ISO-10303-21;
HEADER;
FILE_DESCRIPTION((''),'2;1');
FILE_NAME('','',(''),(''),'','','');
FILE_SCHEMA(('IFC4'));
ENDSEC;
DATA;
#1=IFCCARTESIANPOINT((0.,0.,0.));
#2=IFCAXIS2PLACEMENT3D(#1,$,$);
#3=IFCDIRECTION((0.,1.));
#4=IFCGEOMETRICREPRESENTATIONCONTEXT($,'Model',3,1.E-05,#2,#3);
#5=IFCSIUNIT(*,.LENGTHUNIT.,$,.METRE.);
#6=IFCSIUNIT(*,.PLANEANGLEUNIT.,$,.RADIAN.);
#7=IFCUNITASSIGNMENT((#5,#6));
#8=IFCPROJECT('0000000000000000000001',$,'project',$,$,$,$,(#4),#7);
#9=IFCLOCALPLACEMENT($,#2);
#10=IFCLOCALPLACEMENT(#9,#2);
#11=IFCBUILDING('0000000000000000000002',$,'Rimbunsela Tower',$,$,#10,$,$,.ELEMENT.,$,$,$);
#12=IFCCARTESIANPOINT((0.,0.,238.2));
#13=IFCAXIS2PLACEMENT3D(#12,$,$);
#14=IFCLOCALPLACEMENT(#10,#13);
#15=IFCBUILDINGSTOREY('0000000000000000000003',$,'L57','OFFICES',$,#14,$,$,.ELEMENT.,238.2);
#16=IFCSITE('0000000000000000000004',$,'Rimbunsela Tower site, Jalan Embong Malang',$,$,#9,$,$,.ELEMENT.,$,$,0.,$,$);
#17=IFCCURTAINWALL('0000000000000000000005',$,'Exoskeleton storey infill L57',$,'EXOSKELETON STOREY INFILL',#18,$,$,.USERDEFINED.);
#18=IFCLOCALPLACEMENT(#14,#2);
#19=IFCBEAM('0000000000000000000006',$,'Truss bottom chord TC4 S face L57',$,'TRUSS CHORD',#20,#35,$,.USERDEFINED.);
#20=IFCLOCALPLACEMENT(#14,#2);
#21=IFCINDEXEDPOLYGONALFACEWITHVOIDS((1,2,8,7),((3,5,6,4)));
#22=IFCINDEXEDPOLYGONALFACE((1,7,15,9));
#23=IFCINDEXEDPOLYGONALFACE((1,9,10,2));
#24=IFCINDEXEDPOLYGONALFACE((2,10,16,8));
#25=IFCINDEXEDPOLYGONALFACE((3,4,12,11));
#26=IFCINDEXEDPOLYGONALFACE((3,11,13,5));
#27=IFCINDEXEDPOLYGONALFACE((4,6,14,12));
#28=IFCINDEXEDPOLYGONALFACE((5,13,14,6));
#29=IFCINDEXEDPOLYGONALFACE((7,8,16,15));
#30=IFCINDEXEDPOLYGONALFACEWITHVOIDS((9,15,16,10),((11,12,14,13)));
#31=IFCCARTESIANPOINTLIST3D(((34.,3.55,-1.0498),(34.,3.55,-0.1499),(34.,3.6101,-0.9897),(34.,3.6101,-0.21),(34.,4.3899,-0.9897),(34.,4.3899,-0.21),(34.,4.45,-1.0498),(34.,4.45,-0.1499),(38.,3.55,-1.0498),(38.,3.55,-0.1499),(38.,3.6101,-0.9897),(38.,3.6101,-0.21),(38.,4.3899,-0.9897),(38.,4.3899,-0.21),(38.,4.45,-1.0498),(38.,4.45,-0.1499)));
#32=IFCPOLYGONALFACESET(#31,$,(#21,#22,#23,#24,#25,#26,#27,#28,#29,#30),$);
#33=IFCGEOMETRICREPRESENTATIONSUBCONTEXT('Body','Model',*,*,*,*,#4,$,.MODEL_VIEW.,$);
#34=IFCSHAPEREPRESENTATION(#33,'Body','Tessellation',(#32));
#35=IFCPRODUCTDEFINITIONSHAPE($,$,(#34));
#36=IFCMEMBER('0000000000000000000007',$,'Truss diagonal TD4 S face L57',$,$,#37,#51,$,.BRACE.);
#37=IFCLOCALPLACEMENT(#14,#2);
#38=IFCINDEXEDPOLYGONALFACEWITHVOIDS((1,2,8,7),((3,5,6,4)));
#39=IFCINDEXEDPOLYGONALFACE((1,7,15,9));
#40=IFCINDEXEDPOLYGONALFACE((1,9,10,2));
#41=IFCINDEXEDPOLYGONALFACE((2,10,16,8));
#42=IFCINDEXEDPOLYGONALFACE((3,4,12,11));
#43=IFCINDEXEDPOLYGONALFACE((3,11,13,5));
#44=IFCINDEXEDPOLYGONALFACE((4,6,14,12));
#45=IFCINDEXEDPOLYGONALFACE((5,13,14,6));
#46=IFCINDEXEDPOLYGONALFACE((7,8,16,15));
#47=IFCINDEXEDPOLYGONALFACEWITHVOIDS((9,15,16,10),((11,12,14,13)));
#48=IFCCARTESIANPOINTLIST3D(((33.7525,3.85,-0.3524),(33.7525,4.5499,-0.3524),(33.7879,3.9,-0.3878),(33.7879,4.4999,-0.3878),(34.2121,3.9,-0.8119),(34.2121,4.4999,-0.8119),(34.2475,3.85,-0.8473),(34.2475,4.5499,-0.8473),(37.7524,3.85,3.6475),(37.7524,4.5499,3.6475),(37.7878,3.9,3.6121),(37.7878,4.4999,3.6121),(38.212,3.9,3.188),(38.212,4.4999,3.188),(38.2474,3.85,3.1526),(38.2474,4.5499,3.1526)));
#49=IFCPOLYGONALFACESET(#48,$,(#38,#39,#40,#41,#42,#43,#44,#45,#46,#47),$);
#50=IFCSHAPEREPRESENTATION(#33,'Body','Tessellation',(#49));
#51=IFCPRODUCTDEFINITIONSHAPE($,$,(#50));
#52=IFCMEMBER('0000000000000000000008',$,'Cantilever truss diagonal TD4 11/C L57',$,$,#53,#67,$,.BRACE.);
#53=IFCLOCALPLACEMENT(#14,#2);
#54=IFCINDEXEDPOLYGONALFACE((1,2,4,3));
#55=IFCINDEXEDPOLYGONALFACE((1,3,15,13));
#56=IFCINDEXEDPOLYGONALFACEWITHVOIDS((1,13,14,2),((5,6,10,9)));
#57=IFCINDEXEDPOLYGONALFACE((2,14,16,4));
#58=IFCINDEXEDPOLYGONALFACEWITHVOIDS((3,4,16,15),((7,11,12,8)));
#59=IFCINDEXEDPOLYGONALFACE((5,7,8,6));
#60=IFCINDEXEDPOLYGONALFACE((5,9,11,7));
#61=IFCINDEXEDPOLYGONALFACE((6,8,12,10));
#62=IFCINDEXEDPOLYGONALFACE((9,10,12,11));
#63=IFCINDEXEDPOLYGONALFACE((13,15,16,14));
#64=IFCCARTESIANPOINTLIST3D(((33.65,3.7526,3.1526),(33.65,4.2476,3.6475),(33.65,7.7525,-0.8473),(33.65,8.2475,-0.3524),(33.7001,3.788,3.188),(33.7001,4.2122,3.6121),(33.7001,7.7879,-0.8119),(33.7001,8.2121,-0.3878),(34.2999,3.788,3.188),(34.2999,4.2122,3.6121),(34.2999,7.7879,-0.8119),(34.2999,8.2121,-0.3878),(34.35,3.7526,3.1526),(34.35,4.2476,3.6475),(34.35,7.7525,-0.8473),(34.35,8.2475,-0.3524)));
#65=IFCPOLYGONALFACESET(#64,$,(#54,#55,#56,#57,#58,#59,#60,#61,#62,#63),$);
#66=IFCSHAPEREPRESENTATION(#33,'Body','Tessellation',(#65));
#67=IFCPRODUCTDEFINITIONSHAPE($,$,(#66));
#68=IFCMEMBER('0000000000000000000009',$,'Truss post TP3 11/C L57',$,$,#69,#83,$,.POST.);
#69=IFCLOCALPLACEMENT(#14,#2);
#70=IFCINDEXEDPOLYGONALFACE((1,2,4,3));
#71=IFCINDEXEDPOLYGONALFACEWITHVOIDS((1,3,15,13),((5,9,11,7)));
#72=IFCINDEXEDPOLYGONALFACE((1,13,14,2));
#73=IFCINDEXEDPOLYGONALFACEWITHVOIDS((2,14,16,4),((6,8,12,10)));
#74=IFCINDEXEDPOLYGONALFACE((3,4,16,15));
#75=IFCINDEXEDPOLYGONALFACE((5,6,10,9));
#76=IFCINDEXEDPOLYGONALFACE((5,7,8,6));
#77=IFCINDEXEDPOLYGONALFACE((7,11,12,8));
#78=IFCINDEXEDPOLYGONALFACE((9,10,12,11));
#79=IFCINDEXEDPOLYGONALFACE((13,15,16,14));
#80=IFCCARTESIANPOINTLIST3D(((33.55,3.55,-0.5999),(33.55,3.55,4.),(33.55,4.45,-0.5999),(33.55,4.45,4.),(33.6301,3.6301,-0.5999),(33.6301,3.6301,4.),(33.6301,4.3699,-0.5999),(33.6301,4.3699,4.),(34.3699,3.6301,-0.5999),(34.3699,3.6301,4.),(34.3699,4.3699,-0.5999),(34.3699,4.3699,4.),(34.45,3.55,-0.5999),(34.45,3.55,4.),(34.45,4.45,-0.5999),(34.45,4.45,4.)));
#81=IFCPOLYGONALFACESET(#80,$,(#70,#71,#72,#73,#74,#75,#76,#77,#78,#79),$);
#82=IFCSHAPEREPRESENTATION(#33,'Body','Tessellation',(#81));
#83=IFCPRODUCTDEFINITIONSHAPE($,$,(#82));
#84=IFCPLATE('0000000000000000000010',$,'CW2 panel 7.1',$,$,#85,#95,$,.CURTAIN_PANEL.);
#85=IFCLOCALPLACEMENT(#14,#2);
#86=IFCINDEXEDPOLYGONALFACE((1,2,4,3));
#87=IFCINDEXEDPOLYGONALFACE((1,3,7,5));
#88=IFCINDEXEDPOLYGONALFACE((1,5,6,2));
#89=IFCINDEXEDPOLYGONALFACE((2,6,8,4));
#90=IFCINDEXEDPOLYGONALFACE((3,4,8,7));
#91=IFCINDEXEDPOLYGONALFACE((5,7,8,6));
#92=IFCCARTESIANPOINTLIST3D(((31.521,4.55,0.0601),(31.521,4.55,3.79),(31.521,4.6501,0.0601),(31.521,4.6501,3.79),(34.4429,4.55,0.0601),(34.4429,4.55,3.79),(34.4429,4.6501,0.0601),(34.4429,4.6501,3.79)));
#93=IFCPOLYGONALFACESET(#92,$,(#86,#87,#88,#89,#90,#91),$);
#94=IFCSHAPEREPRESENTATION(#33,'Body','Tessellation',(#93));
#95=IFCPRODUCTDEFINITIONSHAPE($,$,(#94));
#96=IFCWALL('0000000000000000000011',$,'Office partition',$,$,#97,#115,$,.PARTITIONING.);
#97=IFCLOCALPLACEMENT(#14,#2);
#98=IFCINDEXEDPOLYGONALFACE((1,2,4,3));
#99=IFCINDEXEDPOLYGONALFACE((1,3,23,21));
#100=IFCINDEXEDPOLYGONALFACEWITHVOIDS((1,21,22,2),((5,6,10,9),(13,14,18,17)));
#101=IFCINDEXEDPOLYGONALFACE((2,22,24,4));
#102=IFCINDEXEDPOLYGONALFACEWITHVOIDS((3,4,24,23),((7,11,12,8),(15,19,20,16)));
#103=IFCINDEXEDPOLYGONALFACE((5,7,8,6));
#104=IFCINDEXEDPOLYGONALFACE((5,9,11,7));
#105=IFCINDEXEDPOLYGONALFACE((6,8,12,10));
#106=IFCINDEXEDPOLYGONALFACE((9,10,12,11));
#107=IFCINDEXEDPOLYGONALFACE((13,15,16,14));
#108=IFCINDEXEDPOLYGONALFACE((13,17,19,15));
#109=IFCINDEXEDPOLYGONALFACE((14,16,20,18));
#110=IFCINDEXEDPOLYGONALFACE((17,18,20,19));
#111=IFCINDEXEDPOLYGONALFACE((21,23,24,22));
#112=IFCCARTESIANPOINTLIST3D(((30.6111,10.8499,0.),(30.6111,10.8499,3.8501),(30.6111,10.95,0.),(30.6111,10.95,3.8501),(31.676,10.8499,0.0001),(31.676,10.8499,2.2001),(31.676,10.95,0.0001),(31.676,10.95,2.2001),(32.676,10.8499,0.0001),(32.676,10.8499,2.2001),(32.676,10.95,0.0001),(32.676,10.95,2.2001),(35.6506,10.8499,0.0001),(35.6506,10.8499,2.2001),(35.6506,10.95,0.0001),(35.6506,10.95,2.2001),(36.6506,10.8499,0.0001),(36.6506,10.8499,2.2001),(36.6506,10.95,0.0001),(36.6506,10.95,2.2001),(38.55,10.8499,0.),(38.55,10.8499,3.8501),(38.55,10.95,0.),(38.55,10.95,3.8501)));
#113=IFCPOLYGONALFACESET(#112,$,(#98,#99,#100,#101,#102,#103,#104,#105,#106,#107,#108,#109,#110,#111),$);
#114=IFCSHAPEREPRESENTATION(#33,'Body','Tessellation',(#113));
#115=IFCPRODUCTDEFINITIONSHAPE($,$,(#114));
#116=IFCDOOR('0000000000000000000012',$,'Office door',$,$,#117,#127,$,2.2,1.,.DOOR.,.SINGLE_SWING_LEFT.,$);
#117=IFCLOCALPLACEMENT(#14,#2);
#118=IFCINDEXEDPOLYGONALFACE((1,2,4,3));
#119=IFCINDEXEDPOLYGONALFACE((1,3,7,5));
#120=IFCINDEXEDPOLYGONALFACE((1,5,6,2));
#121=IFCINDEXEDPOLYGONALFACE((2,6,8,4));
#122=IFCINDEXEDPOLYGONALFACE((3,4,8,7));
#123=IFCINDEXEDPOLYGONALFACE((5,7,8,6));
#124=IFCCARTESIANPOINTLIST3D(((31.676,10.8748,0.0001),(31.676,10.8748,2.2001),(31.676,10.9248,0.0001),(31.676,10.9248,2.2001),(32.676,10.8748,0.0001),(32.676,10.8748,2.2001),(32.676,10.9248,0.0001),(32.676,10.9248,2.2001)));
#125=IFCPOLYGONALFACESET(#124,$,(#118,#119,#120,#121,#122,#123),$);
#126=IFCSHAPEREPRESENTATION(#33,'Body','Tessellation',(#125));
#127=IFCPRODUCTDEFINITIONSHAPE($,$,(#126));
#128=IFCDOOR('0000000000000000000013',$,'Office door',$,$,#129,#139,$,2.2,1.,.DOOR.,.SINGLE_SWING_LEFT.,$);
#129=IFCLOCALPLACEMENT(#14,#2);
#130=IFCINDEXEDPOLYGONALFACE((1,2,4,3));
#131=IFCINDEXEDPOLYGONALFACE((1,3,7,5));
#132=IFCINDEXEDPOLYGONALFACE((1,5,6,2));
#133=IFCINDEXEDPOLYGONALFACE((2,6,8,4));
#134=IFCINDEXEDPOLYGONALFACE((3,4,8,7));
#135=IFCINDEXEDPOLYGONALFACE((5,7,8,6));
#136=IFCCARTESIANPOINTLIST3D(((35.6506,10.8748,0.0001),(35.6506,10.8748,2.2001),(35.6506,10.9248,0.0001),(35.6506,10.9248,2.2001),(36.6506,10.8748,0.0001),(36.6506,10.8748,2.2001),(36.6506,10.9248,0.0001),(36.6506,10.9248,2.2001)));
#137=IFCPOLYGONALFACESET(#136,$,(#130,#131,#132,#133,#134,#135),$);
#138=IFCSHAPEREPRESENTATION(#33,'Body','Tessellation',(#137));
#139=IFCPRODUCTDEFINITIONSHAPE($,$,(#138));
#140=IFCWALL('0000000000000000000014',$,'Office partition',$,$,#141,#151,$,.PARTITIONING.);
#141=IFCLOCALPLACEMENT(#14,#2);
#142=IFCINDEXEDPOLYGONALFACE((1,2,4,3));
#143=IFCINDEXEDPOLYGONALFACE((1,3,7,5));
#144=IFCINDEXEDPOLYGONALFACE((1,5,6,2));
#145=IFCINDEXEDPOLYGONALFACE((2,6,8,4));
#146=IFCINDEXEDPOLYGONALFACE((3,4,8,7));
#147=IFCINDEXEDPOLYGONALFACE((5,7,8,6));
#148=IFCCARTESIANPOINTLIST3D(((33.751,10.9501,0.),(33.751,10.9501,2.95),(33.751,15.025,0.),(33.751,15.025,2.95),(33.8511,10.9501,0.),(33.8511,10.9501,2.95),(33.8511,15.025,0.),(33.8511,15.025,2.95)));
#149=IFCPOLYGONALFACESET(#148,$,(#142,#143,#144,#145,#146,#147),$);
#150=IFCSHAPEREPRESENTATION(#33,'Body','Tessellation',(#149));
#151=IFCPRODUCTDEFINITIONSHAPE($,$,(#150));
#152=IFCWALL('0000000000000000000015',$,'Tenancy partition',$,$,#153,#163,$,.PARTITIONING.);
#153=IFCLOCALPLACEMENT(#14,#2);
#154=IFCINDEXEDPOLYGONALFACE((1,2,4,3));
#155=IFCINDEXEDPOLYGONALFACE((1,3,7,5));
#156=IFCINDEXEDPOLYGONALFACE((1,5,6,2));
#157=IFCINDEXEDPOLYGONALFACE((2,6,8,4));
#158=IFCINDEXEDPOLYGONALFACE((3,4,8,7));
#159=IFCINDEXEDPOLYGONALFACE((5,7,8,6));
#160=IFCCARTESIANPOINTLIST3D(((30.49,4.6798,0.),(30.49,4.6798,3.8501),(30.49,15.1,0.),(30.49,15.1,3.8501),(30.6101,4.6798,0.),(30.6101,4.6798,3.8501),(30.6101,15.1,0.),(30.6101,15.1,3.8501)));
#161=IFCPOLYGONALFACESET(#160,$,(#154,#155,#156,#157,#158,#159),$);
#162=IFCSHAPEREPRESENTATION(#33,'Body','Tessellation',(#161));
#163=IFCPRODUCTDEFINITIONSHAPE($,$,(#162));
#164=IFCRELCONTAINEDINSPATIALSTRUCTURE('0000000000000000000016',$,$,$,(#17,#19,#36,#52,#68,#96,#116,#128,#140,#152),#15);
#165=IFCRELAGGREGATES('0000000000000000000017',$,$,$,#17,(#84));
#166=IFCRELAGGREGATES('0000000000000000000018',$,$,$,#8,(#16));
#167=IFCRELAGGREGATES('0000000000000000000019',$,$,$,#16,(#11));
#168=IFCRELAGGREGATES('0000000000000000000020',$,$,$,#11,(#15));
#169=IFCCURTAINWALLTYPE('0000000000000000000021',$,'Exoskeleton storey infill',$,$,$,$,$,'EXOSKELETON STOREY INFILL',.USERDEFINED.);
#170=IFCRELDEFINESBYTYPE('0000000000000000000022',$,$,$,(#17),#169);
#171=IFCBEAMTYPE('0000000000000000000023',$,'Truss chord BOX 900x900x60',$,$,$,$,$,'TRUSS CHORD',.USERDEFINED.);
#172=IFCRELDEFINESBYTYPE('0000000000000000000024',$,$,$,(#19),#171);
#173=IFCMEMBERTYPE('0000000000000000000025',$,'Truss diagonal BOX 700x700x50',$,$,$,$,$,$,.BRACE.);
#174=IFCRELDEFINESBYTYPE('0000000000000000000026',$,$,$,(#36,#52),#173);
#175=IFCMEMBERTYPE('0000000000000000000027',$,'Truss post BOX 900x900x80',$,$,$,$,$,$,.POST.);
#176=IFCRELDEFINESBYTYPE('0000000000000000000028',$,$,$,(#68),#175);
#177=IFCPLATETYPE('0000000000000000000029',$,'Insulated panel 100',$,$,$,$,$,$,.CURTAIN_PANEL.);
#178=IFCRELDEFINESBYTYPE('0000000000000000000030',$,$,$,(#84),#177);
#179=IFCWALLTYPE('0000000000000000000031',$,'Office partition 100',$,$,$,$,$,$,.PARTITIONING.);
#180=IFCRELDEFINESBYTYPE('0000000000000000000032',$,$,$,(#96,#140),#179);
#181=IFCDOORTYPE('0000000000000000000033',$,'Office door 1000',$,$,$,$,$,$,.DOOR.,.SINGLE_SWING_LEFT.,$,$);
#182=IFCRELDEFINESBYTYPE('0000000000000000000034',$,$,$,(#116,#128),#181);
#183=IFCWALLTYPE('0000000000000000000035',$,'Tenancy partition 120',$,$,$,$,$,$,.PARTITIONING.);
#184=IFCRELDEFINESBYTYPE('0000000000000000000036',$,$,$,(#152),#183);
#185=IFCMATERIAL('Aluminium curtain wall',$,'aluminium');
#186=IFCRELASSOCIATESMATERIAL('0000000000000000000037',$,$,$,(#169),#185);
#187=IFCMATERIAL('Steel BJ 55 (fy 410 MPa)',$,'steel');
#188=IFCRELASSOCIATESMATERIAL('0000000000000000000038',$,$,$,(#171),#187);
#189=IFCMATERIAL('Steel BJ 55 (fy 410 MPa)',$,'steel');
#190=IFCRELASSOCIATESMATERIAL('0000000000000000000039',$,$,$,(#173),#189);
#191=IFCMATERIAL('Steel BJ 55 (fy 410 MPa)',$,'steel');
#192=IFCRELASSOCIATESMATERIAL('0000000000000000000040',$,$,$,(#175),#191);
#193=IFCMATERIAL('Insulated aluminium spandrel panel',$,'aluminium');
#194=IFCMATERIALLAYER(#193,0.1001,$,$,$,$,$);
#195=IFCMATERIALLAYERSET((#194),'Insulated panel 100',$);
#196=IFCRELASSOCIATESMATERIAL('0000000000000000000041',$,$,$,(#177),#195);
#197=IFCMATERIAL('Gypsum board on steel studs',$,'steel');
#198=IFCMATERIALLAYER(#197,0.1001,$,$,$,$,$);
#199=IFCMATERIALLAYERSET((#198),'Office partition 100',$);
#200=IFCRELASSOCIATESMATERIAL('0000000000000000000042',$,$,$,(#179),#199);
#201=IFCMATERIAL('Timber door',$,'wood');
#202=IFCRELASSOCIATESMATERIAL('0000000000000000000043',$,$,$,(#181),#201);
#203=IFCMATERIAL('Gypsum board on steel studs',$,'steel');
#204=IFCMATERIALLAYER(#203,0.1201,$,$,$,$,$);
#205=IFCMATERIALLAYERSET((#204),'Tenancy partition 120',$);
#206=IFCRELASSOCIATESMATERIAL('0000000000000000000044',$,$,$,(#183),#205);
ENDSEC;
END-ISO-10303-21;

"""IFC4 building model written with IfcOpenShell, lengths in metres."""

from ifc_helpers import new_model, si_unit, direction, frame, frame_2d, origin, origin_2d, place, context, subcontext, project, spatial, rectangle, hollow_rectangle, extrude, material, layer, layer_set, material_profile, profile_set, type_object, element, fill, aggregate, save


model = new_model("IFC4")

# Units and contexts
model_context = context("Model", 3, precision=1e-05, world=origin(), true_north=direction((0.0, 1.0)))
body_context = subcontext(model_context, "Body", "Model", "MODEL_VIEW")
ifc_project = project(units=[si_unit("LENGTHUNIT", "METRE"), si_unit("PLANEANGLEUNIT", "RADIAN")], contexts=[model_context])

# Site, building, storey
site_placement = place(None, origin())
site = spatial("IfcSite", under=ifc_project, at=site_placement, Name="Rimbunsela Tower site, Jalan Embong Malang", CompositionType="ELEMENT", RefElevation=0.0)
building_placement = place(site_placement, origin())
building = spatial("IfcBuilding", under=site, at=building_placement, Name="Rimbunsela Tower", CompositionType="ELEMENT")
storey_placement = place(building_placement, frame((0.0, 0.0, 238.2)))
storey = spatial("IfcBuildingStorey", under=building, at=storey_placement, Name="L57", Description="OFFICES", CompositionType="ELEMENT", Elevation=238.2)

# Curtain wall
ifc_material_1 = material(Name="Aluminium curtain wall", Category="aluminium")
curtain_wall_type = type_object("IfcCurtainWallType", Name="Exoskeleton storey infill", ElementType="EXOSKELETON STOREY INFILL", PredefinedType="USERDEFINED", material=ifc_material_1)
curtain_wall_placement = place(storey_placement, origin())
curtain_wall = element("IfcCurtainWall", 1, at=curtain_wall_placement, inside=storey, type_object=curtain_wall_type, Name="Exoskeleton storey infill L57", ObjectType="EXOSKELETON STOREY INFILL", PredefinedType="USERDEFINED")

# Beam
ifc_material_2 = material(Name="Steel BJ 55 (fy 410 MPa)", Category="steel")
ifc_material_profile_1 = material_profile(ifc_material_2, hollow_rectangle(XDim=0.8999, YDim=0.8999, WallThickness=0.0601, at=origin_2d()), Name="BOX 900x900x60")
ifc_profile_set_1 = profile_set([ifc_material_profile_1], Name="Steel BJ 55 (fy 410 MPa)")
beam_type_1 = type_object("IfcBeamType", Name="Truss chord BOX 900x900x60", ElementType="TRUSS CHORD", PredefinedType="USERDEFINED", material=ifc_profile_set_1)
for number, where, z_axis, x_axis, name in (
    (2, (34.0, 4.0, -0.5999), (1.0, 0.0, 0.0), (0.0, 1.0, 0.0), "Truss bottom chord TC4 S face L57"),
):
    element("IfcBeam", number, at=place(storey_placement, frame(where, z_axis=z_axis, x_axis=x_axis)), inside=storey, type_object=beam_type_1, Name=name, ObjectType="TRUSS CHORD", PredefinedType="USERDEFINED", context=body_context, shape_type="SweptSolid", body=[
        extrude(hollow_rectangle(XDim=0.8999, YDim=0.8999, WallThickness=0.0601, at=origin_2d()), origin(), (0.0, 0.0, 1.0), 4.0),
    ])

# Members
ifc_material_3 = material(Name="Steel BJ 55 (fy 410 MPa)", Category="steel")
ifc_material_profile_2 = material_profile(ifc_material_3, hollow_rectangle(XDim=0.7, YDim=0.7, WallThickness=0.05, at=origin_2d()), Name="BOX 700x700x50")
ifc_profile_set_2 = profile_set([ifc_material_profile_2], Name="Steel BJ 55 (fy 410 MPa)")
member_type_1 = type_object("IfcMemberType", Name="Truss diagonal BOX 700x700x50", PredefinedType="BRACE", material=ifc_profile_set_2)
for number, where, z_axis, x_axis, name in (
    (3, (34.0, 4.2, -0.5999), (0.707107, 0.0, 0.707107), (0.0, 1.0, 0.0), "Truss diagonal TD4 S face L57"),
    (4, (34.0, 8.0, -0.5999), (0.0, -0.707107, 0.707107), (1.0, 0.0, 0.0), "Cantilever truss diagonal TD4 11/C L57"),
):
    element("IfcMember", number, at=place(storey_placement, frame(where, z_axis=z_axis, x_axis=x_axis)), inside=storey, type_object=member_type_1, Name=name, PredefinedType="BRACE", context=body_context, shape_type="SweptSolid", body=[
        extrude(hollow_rectangle(XDim=0.7, YDim=0.7, WallThickness=0.05, at=origin_2d()), origin(), (0.0, 0.0, 1.0), 5.6567),
    ])
ifc_material_4 = material(Name="Steel BJ 55 (fy 410 MPa)", Category="steel")
ifc_material_profile_3 = material_profile(ifc_material_4, hollow_rectangle(XDim=0.8999, YDim=0.8999, WallThickness=0.0801, at=origin_2d()), Name="BOX 900x900x80")
ifc_profile_set_3 = profile_set([ifc_material_profile_3], Name="Steel BJ 55 (fy 410 MPa)")
member_type_2 = type_object("IfcMemberType", Name="Truss post BOX 900x900x80", PredefinedType="POST", material=ifc_profile_set_3)
member_1_placement = place(storey_placement, frame((34.0, 4.0, -0.5999), z_axis=(0.0, 0.0, 1.0), x_axis=(1.0, 0.0, 0.0)))
element("IfcMember", 5, at=member_1_placement, inside=storey, type_object=member_type_2, Name="Truss post TP3 11/C L57", PredefinedType="POST", context=body_context, shape_type="SweptSolid", body=[
    extrude(hollow_rectangle(XDim=0.8999, YDim=0.8999, WallThickness=0.0801, at=origin_2d()), origin(), (0.0, 0.0, 1.0), 4.5999),
])

# Plate
ifc_material_5 = material(Name="Insulated aluminium spandrel panel", Category="aluminium")
ifc_layer_1 = layer(ifc_material_5, 0.1001)
ifc_layer_set_1 = layer_set([ifc_layer_1], Name="Insulated panel 100")
plate_type = type_object("IfcPlateType", Name="Insulated panel 100", PredefinedType="CURTAIN_PANEL", material=ifc_layer_set_1)
plate_placement = place(storey_placement, frame((32.9819, 4.6001, 0.0601), z_axis=(0.0, 0.0, 1.0), x_axis=(1.0, 0.0, 0.0)))
plate = element("IfcPlate", 6, at=plate_placement, type_object=plate_type, Name="CW2 panel 7.1", PredefinedType="CURTAIN_PANEL", context=body_context, shape_type="SweptSolid", body=[
    extrude(rectangle(XDim=2.9219, YDim=0.1001, at=origin_2d()), origin(), (0.0, 0.0, 1.0), 3.73),
])
aggregate(curtain_wall, [plate])

# Wall, openings, doors
ifc_material_6 = material(Name="Gypsum board on steel studs", Category="steel")
ifc_layer_2 = layer(ifc_material_6, 0.1001)
ifc_layer_set_2 = layer_set([ifc_layer_2], Name="Office partition 100")
wall_type_1 = type_object("IfcWallType", Name="Office partition 100", PredefinedType="PARTITIONING", material=ifc_layer_set_2)
wall_1_placement = place(storey_placement, frame((30.6111, 10.8999, 0.0), z_axis=(0.0, 0.0, 1.0), x_axis=(1.0, 0.0, 0.0)))
wall_1 = element("IfcWall", 7, at=wall_1_placement, inside=storey, type_object=wall_type_1, Name="Office partition", PredefinedType="PARTITIONING", context=body_context, shape_type="SweptSolid", body=[
    extrude(rectangle(XDim=7.939, YDim=0.1001, at=frame_2d((3.9695, 0.0))), origin(), (0.0, 0.0, 1.0), 3.8501),
])
opening_1_placement = place(wall_1_placement, frame((1.0649, 0.0, 0.0)))
opening_1 = element("IfcOpeningElement", 8, at=opening_1_placement, cuts=wall_1, PredefinedType="OPENING", context=body_context, shape_type="SweptSolid", body=[
    extrude(rectangle(XDim=1.0, YDim=2.2, at=frame_2d((0.5, 1.1001))), frame((0.0, 0.0601, 0.0), z_axis=(0.0, -1.0, 0.0), x_axis=(1.0, 0.0, 0.0)), (0.0, 0.0, 1.0), 0.1201),
])
opening_2_placement = place(wall_1_placement, frame((5.0396, 0.0, 0.0)))
opening_2 = element("IfcOpeningElement", 9, at=opening_2_placement, cuts=wall_1, PredefinedType="OPENING", context=body_context, shape_type="SweptSolid", body=[
    extrude(rectangle(XDim=1.0, YDim=2.2, at=frame_2d((0.5, 1.1001))), frame((0.0, 0.0601, 0.0), z_axis=(0.0, -1.0, 0.0), x_axis=(1.0, 0.0, 0.0)), (0.0, 0.0, 1.0), 0.1201),
])
ifc_material_7 = material(Name="Timber door", Category="wood")
door_type = type_object("IfcDoorType", Name="Office door 1000", OperationType="SINGLE_SWING_LEFT", PredefinedType="DOOR", material=ifc_material_7)
door_1_placement = place(opening_1_placement, origin())
door_1 = element("IfcDoor", 10, at=door_1_placement, inside=storey, type_object=door_type, Name="Office door", OperationType="SINGLE_SWING_LEFT", OverallHeight=2.2, OverallWidth=1.0, PredefinedType="DOOR", context=body_context, shape_type="SweptSolid", body=[
    extrude(rectangle(XDim=1.0, YDim=2.2, at=frame_2d((0.5, 1.1001))), frame((0.0, 0.0249, 0.0), z_axis=(0.0, -1.0, 0.0), x_axis=(1.0, 0.0, 0.0)), (0.0, 0.0, 1.0), 0.05),
])
fill(opening_1, door_1)
door_2_placement = place(opening_2_placement, origin())
door_2 = element("IfcDoor", 11, at=door_2_placement, inside=storey, type_object=door_type, Name="Office door", OperationType="SINGLE_SWING_LEFT", OverallHeight=2.2, OverallWidth=1.0, PredefinedType="DOOR", context=body_context, shape_type="SweptSolid", body=[
    extrude(rectangle(XDim=1.0, YDim=2.2, at=frame_2d((0.5, 1.1001))), frame((0.0, 0.0249, 0.0), z_axis=(0.0, -1.0, 0.0), x_axis=(1.0, 0.0, 0.0)), (0.0, 0.0, 1.0), 0.05),
])
fill(opening_2, door_2)

# Walls
wall_2_placement = place(storey_placement, frame((33.801, 10.95, 0.0), z_axis=(0.0, 0.0, 1.0), x_axis=(0.0, 1.0, 0.0)))
element("IfcWall", 12, at=wall_2_placement, inside=storey, type_object=wall_type_1, Name="Office partition", PredefinedType="PARTITIONING", context=body_context, shape_type="SweptSolid", body=[
    extrude(rectangle(XDim=4.075, YDim=0.1001, at=frame_2d((2.0376, 0.0))), origin(), (0.0, 0.0, 1.0), 2.95),
])
ifc_material_8 = material(Name="Gypsum board on steel studs", Category="steel")
ifc_layer_3 = layer(ifc_material_8, 0.1201)
ifc_layer_set_3 = layer_set([ifc_layer_3], Name="Tenancy partition 120")
wall_type_2 = type_object("IfcWallType", Name="Tenancy partition 120", PredefinedType="PARTITIONING", material=ifc_layer_set_3)
wall_3_placement = place(storey_placement, frame((30.55, 4.6799, 0.0), z_axis=(0.0, 0.0, 1.0), x_axis=(0.0, 1.0, 0.0)))
element("IfcWall", 13, at=wall_3_placement, inside=storey, type_object=wall_type_2, Name="Tenancy partition", PredefinedType="PARTITIONING", context=body_context, shape_type="SweptSolid", body=[
    extrude(rectangle(XDim=10.4202, YDim=0.1201, at=frame_2d((5.21, 0.0))), origin(), (0.0, 0.0, 1.0), 3.8501),
])

save(model, "model.ifc")
